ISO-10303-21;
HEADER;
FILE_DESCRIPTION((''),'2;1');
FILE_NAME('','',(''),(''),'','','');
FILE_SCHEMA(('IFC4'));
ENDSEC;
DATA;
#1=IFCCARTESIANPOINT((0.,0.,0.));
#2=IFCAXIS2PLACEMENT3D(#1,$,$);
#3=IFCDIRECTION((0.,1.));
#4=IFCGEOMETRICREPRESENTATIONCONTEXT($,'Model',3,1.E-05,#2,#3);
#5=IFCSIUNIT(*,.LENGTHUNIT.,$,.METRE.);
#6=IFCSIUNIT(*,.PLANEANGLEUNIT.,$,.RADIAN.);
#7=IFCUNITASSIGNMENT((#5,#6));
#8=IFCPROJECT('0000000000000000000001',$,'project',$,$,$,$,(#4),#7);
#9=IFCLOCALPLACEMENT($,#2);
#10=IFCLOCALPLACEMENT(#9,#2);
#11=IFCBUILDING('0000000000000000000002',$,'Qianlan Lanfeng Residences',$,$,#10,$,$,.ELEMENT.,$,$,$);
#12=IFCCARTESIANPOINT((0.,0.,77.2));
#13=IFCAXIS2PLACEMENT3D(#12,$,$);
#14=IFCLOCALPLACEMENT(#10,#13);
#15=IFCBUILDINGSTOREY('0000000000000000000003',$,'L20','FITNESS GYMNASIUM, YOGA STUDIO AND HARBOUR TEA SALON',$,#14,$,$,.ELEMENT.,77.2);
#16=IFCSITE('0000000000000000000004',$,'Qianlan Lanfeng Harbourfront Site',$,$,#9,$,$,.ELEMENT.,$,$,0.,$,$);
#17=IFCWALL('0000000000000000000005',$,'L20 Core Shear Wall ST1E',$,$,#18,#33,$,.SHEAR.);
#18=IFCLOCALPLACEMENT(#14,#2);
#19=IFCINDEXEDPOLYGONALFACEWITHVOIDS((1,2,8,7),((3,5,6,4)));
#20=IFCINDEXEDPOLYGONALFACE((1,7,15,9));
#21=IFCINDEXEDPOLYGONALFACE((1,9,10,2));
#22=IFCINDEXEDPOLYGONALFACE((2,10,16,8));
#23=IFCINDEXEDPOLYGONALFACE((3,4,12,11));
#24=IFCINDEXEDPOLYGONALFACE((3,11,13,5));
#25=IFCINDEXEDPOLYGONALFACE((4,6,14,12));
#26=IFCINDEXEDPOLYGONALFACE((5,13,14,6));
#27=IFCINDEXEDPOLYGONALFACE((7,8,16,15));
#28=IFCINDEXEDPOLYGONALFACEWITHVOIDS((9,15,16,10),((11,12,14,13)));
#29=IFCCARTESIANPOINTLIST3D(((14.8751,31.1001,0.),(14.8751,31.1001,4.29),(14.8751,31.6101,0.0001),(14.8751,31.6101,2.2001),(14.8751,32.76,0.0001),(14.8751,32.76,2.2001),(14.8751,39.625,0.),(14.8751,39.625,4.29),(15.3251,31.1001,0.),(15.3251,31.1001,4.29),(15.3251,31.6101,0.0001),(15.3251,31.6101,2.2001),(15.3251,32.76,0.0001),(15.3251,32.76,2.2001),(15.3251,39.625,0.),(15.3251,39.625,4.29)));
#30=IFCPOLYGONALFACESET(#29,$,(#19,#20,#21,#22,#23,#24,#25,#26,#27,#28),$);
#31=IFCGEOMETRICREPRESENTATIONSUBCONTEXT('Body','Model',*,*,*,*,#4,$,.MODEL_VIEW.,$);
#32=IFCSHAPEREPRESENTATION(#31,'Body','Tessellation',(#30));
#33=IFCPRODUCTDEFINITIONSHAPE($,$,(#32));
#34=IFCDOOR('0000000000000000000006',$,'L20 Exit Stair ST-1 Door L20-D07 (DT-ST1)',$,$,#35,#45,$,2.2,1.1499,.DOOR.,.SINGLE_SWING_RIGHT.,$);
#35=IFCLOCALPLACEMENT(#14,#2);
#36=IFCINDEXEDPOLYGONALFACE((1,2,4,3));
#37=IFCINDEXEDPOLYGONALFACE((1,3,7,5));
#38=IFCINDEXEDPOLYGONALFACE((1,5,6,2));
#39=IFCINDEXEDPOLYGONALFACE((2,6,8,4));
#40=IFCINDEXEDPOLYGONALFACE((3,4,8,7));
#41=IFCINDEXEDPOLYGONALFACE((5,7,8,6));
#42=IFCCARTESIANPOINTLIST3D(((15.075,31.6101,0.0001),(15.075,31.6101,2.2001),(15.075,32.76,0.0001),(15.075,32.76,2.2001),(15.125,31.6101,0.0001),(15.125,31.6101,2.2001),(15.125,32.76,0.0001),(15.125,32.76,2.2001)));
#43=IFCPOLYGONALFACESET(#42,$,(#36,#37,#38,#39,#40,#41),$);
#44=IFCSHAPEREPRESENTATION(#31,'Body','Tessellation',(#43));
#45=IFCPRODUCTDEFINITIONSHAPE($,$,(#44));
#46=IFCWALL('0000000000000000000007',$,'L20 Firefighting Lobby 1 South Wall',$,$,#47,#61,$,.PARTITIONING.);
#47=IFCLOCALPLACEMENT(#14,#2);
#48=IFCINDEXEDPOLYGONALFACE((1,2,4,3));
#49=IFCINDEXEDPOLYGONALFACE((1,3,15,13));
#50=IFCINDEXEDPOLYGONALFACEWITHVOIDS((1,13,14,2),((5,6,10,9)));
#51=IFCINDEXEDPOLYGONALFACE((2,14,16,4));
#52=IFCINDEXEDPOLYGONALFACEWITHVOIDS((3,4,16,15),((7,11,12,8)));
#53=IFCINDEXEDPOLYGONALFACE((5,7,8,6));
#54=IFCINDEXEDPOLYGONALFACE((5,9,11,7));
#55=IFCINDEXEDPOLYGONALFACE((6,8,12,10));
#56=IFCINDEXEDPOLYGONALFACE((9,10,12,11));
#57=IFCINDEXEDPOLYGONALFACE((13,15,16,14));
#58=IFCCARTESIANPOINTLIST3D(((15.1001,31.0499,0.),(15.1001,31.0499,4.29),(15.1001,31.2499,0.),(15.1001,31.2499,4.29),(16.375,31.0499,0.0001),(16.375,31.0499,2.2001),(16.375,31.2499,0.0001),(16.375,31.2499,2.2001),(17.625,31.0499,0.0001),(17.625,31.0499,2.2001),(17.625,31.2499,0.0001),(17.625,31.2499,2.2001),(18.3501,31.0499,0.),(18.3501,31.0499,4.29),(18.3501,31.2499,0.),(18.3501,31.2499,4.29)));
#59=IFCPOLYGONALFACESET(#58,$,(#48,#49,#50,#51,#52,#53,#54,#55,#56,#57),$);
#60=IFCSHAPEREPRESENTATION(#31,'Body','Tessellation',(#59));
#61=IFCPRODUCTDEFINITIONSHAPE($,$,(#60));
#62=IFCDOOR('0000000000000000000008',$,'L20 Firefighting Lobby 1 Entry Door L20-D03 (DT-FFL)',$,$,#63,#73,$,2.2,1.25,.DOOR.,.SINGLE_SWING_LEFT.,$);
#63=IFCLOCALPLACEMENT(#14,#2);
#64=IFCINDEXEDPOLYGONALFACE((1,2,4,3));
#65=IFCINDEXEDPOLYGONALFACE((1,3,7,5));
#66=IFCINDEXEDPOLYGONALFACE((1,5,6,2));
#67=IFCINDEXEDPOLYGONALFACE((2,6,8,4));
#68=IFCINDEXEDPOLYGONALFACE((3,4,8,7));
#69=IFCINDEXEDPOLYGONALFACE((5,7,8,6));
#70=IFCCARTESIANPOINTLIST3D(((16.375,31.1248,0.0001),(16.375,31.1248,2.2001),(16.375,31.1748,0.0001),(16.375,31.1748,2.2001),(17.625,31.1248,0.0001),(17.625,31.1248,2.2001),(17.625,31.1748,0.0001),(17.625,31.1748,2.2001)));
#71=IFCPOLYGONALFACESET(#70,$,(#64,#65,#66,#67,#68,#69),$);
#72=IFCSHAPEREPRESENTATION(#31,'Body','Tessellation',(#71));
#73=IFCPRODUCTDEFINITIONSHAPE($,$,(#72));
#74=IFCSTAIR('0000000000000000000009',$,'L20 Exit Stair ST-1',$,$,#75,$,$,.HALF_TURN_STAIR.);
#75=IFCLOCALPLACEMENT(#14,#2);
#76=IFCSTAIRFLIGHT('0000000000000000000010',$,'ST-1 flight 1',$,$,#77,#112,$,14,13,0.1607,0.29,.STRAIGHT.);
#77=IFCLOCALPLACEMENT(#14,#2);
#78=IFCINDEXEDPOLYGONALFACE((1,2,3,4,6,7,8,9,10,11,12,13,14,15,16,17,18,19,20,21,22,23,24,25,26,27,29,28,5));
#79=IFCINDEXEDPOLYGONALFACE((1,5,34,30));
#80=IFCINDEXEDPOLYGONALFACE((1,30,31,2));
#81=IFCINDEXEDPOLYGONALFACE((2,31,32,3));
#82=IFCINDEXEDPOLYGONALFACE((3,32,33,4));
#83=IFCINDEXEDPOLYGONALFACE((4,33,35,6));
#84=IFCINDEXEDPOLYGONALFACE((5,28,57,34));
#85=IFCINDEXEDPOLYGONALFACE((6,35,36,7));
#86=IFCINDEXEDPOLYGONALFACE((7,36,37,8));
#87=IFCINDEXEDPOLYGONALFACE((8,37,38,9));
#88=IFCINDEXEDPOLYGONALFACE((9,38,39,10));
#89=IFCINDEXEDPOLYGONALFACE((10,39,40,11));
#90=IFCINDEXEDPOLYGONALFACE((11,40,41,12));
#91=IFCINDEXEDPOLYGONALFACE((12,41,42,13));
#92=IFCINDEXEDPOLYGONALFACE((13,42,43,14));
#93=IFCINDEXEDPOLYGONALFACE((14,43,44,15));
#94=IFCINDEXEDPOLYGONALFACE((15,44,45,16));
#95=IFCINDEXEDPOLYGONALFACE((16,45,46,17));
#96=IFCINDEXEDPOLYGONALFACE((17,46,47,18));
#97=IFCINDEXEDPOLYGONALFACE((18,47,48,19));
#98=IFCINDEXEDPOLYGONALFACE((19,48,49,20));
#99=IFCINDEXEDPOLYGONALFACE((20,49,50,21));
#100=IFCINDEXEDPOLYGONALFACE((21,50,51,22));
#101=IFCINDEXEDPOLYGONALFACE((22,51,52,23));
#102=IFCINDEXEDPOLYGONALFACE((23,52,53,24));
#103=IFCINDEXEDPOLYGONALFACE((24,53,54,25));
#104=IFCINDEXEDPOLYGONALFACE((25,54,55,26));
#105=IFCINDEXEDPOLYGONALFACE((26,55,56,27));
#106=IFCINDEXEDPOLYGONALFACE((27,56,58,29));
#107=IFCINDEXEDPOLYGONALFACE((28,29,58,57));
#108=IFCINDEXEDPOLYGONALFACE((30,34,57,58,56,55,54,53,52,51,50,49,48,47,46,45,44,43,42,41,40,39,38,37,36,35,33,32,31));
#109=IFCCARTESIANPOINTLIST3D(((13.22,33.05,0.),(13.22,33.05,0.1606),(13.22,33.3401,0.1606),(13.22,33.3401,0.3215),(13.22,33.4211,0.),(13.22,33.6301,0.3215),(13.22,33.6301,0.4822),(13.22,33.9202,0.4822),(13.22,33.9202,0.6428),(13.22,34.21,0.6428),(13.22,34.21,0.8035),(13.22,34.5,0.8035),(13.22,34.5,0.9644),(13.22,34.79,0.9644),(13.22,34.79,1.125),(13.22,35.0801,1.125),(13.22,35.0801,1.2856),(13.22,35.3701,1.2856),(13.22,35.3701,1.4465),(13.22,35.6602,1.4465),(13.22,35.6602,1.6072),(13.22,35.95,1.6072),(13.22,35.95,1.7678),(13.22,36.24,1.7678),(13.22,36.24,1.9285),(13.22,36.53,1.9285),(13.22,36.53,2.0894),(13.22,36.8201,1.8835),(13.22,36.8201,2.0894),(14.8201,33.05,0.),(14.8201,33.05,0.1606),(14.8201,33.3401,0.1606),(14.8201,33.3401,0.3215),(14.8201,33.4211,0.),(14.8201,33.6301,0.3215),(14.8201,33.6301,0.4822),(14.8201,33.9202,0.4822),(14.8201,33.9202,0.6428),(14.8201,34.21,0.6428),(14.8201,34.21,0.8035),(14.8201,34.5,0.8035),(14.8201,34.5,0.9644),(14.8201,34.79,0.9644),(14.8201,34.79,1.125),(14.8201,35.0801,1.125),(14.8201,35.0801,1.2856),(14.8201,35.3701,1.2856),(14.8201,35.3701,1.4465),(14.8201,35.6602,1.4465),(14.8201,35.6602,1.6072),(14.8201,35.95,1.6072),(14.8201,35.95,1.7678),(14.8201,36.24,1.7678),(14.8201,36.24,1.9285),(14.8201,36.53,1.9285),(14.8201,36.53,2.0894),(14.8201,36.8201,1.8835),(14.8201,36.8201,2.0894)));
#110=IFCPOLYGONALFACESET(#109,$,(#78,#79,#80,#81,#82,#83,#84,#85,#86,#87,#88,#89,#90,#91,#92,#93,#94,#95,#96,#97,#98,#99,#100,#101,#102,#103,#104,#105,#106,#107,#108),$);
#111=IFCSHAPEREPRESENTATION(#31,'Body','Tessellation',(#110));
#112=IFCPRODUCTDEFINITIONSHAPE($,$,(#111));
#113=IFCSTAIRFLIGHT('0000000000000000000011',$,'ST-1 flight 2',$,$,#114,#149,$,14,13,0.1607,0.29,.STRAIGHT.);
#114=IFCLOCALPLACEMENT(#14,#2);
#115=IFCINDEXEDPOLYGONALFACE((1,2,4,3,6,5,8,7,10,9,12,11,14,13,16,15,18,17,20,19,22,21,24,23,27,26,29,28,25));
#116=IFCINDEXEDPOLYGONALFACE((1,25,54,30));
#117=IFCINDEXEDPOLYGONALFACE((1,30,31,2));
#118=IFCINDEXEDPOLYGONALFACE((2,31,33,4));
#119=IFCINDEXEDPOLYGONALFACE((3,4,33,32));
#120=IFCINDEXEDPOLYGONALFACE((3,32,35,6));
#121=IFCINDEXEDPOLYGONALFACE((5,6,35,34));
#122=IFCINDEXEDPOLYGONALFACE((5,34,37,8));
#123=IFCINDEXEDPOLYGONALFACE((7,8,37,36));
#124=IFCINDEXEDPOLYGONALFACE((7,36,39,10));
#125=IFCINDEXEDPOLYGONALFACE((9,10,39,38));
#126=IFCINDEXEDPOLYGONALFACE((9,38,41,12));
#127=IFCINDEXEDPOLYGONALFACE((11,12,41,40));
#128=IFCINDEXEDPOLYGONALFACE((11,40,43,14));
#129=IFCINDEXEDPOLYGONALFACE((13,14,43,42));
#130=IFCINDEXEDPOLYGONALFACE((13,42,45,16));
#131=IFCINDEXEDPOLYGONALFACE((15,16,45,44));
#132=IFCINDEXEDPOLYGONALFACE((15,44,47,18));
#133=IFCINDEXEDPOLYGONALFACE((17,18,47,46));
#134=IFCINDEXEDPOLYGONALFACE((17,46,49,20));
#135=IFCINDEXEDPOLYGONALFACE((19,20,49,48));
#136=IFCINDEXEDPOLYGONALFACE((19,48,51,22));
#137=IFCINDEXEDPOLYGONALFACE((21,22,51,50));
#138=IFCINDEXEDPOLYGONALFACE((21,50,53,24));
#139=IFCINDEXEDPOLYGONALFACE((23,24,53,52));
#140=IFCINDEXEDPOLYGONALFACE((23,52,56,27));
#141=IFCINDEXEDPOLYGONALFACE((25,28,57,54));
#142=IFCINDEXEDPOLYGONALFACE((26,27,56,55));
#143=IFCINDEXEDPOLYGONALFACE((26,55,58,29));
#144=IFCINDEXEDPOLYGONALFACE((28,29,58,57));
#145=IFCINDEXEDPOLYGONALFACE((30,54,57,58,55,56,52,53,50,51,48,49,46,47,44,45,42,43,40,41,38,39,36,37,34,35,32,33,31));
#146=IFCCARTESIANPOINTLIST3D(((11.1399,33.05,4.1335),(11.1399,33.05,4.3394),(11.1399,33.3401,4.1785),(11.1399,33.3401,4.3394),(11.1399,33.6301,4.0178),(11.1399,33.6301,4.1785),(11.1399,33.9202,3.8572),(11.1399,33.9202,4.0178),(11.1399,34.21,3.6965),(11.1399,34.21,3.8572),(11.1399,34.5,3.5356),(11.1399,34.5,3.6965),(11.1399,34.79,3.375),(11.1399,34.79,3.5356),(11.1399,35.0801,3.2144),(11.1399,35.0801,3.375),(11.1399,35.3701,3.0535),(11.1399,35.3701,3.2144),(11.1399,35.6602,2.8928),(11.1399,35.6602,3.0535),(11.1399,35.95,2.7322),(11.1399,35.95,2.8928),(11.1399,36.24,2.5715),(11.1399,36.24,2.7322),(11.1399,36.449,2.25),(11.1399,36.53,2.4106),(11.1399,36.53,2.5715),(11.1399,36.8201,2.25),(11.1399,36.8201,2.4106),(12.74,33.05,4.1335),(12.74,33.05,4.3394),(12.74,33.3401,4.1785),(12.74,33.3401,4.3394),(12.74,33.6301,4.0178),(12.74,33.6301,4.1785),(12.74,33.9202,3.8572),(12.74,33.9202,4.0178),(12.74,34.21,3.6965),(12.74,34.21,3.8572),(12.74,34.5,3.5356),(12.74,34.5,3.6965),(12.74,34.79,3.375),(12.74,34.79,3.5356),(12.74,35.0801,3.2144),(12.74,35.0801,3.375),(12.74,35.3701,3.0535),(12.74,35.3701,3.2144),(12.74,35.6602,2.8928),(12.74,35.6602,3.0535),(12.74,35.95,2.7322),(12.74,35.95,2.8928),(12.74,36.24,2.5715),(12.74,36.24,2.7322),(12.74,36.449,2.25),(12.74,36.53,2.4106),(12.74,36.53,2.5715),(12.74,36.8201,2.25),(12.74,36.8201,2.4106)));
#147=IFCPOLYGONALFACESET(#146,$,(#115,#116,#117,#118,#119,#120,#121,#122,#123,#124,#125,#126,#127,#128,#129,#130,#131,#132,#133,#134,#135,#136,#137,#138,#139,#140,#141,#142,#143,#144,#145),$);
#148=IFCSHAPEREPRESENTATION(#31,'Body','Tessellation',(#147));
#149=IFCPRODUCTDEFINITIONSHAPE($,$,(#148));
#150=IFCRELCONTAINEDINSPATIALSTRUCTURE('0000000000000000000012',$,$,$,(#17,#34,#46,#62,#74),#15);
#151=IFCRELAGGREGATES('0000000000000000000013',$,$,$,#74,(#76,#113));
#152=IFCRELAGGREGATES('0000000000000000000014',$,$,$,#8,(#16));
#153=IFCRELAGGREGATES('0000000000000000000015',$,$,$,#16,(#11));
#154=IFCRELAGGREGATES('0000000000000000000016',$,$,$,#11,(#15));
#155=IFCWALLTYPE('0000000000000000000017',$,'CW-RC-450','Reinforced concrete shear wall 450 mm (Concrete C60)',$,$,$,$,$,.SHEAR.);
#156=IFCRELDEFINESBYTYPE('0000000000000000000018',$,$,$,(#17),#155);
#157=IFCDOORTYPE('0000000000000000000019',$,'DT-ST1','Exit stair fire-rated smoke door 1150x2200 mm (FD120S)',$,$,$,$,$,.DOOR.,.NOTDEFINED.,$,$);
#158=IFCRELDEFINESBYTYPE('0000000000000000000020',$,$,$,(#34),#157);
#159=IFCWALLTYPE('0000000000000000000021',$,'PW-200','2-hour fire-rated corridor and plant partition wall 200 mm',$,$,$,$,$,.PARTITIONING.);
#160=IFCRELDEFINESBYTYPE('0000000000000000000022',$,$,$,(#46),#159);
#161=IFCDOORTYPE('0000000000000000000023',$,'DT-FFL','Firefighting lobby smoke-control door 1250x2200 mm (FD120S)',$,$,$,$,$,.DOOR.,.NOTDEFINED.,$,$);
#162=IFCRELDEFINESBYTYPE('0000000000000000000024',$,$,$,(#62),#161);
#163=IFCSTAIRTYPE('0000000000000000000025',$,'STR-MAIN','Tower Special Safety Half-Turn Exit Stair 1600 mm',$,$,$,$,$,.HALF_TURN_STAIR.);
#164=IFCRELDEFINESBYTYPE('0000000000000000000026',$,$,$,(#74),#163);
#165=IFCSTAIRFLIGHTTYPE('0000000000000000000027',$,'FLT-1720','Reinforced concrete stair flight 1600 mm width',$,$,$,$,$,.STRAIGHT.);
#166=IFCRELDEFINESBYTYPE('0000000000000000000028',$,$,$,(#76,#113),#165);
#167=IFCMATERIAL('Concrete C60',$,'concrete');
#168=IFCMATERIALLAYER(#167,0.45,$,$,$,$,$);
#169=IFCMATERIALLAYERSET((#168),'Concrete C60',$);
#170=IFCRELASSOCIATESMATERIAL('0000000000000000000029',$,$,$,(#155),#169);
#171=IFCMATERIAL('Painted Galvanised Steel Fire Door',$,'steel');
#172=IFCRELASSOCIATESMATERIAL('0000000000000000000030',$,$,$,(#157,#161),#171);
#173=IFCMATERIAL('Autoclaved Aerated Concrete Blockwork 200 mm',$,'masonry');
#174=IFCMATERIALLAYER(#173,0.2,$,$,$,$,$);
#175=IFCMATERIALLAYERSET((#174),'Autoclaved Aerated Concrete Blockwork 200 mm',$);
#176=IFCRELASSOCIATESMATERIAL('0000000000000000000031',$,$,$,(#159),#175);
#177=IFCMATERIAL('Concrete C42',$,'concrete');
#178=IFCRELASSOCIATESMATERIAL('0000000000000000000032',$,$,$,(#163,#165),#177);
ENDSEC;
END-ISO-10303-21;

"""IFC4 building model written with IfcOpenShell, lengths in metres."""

from ifc_helpers import new_model, si_unit, direction, frame, frame_2d, origin, place, context, subcontext, project, spatial, polyline, rectangle, outline, extrude, material, layer, layer_set, type_object, element, fill, aggregate, save


model = new_model("IFC4")

# Units and contexts
model_context = context("Model", 3, precision=1e-05, world=origin(), true_north=direction((0.0, 1.0)))
body_context = subcontext(model_context, "Body", "Model", "MODEL_VIEW")
ifc_project = project(units=[si_unit("LENGTHUNIT", "METRE"), si_unit("PLANEANGLEUNIT", "RADIAN")], contexts=[model_context])

# Site, building, storey
site_placement = place(None, origin())
site = spatial("IfcSite", under=ifc_project, at=site_placement, Name="Qianlan Lanfeng Harbourfront Site", CompositionType="ELEMENT", RefElevation=0.0)
building_placement = place(site_placement, origin())
building = spatial("IfcBuilding", under=site, at=building_placement, Name="Qianlan Lanfeng Residences", CompositionType="ELEMENT")
storey_placement = place(building_placement, frame((0.0, 0.0, 77.2)))
storey = spatial("IfcBuildingStorey", under=building, at=storey_placement, Name="L20", Description="FITNESS GYMNASIUM, YOGA STUDIO AND HARBOUR TEA SALON", CompositionType="ELEMENT", Elevation=77.2)

# Walls, openings, doors
ifc_material_1 = material(Name="Concrete C60", Category="concrete")
ifc_layer_1 = layer(ifc_material_1, 0.45)
ifc_layer_set_1 = layer_set([ifc_layer_1], Name="Concrete C60")
wall_type_1 = type_object("IfcWallType", Name="CW-RC-450", Description="Reinforced concrete shear wall 450 mm (Concrete C60)", PredefinedType="SHEAR", material=ifc_layer_set_1)
wall_1_placement = place(storey_placement, frame((15.1001, 31.1001, 0.0), z_axis=(0.0, 0.0, 1.0), x_axis=(0.0, 1.0, 0.0)))
wall_1 = element("IfcWall", 1, at=wall_1_placement, inside=storey, type_object=wall_type_1, Name="L20 Core Shear Wall ST1E", PredefinedType="SHEAR", context=body_context, shape_type="SweptSolid", body=[
    extrude(rectangle(XDim=8.5249, YDim=0.45, at=frame_2d((4.2625, 0.0))), origin(), (0.0, 0.0, 1.0), 4.29),
])
opening_1_placement = place(wall_1_placement, frame((0.51, 0.0, 0.0)))
opening_1 = element("IfcOpeningElement", 2, at=opening_1_placement, cuts=wall_1, PredefinedType="OPENING", context=body_context, shape_type="SweptSolid", body=[
    extrude(rectangle(XDim=1.1499, YDim=2.2, at=frame_2d((0.575, 1.1001))), frame((0.0, 0.2349, 0.0), z_axis=(0.0, -1.0, 0.0), x_axis=(1.0, 0.0, 0.0)), (0.0, 0.0, 1.0), 0.47),
])
ifc_material_2 = material(Name="Painted Galvanised Steel Fire Door", Category="steel")
door_type_1 = type_object("IfcDoorType", Name="DT-ST1", Description="Exit stair fire-rated smoke door 1150x2200 mm (FD120S)", OperationType="NOTDEFINED", PredefinedType="DOOR", material=ifc_material_2)
door_1_placement = place(opening_1_placement, frame((1.1499, 0.0, 0.0), z_axis=(0.0, 0.0, 1.0), x_axis=(-1.0, 0.0, 0.0)))
door_1 = element("IfcDoor", 3, at=door_1_placement, inside=storey, type_object=door_type_1, Name="L20 Exit Stair ST-1 Door L20-D07 (DT-ST1)", OperationType="SINGLE_SWING_RIGHT", OverallHeight=2.2, OverallWidth=1.1499, PredefinedType="DOOR", context=body_context, shape_type="SweptSolid", body=[
    extrude(rectangle(XDim=1.1499, YDim=2.2, at=frame_2d((0.575, 1.1001))), frame((0.0, 0.0249, 0.0), z_axis=(0.0, -1.0, 0.0), x_axis=(1.0, 0.0, 0.0)), (0.0, 0.0, 1.0), 0.05),
])
fill(opening_1, door_1)
ifc_material_3 = material(Name="Autoclaved Aerated Concrete Blockwork 200 mm", Category="masonry")
ifc_layer_2 = layer(ifc_material_3, 0.2)
ifc_layer_set_2 = layer_set([ifc_layer_2], Name="Autoclaved Aerated Concrete Blockwork 200 mm")
wall_type_2 = type_object("IfcWallType", Name="PW-200", Description="2-hour fire-rated corridor and plant partition wall 200 mm", PredefinedType="PARTITIONING", material=ifc_layer_set_2)
wall_2_placement = place(storey_placement, frame((15.1001, 31.1499, 0.0), z_axis=(0.0, 0.0, 1.0), x_axis=(1.0, 0.0, 0.0)))
wall_2 = element("IfcWall", 4, at=wall_2_placement, inside=storey, type_object=wall_type_2, Name="L20 Firefighting Lobby 1 South Wall", PredefinedType="PARTITIONING", context=body_context, shape_type="SweptSolid", body=[
    extrude(rectangle(XDim=3.25, YDim=0.2, at=frame_2d((1.625, 0.0))), origin(), (0.0, 0.0, 1.0), 4.29),
])
opening_2_placement = place(wall_2_placement, frame((1.2749, 0.0, 0.0)))
opening_2 = element("IfcOpeningElement", 5, at=opening_2_placement, cuts=wall_2, PredefinedType="OPENING", context=body_context, shape_type="SweptSolid", body=[
    extrude(rectangle(XDim=1.25, YDim=2.2, at=frame_2d((0.625, 1.1001))), frame((0.0, 0.1099, 0.0), z_axis=(0.0, -1.0, 0.0), x_axis=(1.0, 0.0, 0.0)), (0.0, 0.0, 1.0), 0.22),
])
door_type_2 = type_object("IfcDoorType", Name="DT-FFL", Description="Firefighting lobby smoke-control door 1250x2200 mm (FD120S)", OperationType="NOTDEFINED", PredefinedType="DOOR", material=ifc_material_2)
door_2_placement = place(opening_2_placement, origin())
door_2 = element("IfcDoor", 6, at=door_2_placement, inside=storey, type_object=door_type_2, Name="L20 Firefighting Lobby 1 Entry Door L20-D03 (DT-FFL)", OperationType="SINGLE_SWING_LEFT", OverallHeight=2.2, OverallWidth=1.25, PredefinedType="DOOR", context=body_context, shape_type="SweptSolid", body=[
    extrude(rectangle(XDim=1.25, YDim=2.2, at=frame_2d((0.625, 1.1001))), frame((0.0, 0.0249, 0.0), z_axis=(0.0, -1.0, 0.0), x_axis=(1.0, 0.0, 0.0)), (0.0, 0.0, 1.0), 0.05),
])
fill(opening_2, door_2)

# Stair, stair flights
ifc_material_4 = material(Name="Concrete C42", Category="concrete")
stair_type = type_object("IfcStairType", Name="STR-MAIN", Description="Tower Special Safety Half-Turn Exit Stair 1600 mm", PredefinedType="HALF_TURN_STAIR", material=ifc_material_4)
stair_placement = place(storey_placement, origin())
stair = element("IfcStair", 7, at=stair_placement, inside=storey, type_object=stair_type, Name="L20 Exit Stair ST-1", PredefinedType="HALF_TURN_STAIR")
stair_flight_type = type_object("IfcStairFlightType", Name="FLT-1720", Description="Reinforced concrete stair flight 1600 mm width", PredefinedType="STRAIGHT", material=ifc_material_4)
stair_flight_1_placement = place(storey_placement, frame((14.02, 33.05, 0.0), z_axis=(0.0, 0.0, 1.0), x_axis=(0.0, 1.0, 0.0)))
stair_flight_1 = element("IfcStairFlight", 8, at=stair_flight_1_placement, type_object=stair_flight_type, Name="ST-1 flight 1", NumberOfRisers=14, NumberOfTreads=13, PredefinedType="STRAIGHT", RiserHeight=0.1607, TreadLength=0.29, context=body_context, shape_type="SweptSolid", body=[
    extrude(outline(polyline([(0.0, 0.0), (0.0, 0.1606), (0.29, 0.1606), (0.29, 0.3215), (0.5801, 0.3215), (0.5801, 0.4822), (0.8701, 0.4822), (0.8701, 0.6428), (1.1599, 0.6428), (1.1599, 0.8035), (1.45, 0.8035), (1.45, 0.9644), (1.74, 0.9644), (1.74, 1.125), (2.03, 1.125), (2.03, 1.2856), (2.3201, 1.2856), (2.3201, 1.4465), (2.6101, 1.4465), (2.6101, 1.6072), (2.8999, 1.6072), (2.8999, 1.7678), (3.1899, 1.7678), (3.1899, 1.9285), (3.48, 1.9285), (3.48, 2.0894), (3.77, 2.0894), (3.77, 2.25), (3.77, 1.8835), (0.3711, 0.0), (0.0, 0.0)])), frame((0.0, 0.8, 0.0), z_axis=(0.0, -1.0, 0.0), x_axis=(1.0, 0.0, 0.0)), (0.0, 0.0, 1.0), 1.6001),
])
stair_flight_2_placement = place(storey_placement, frame((11.9399, 36.8201, 2.25), z_axis=(0.0, 0.0, 1.0), x_axis=(0.0, -1.0, 0.0)))
stair_flight_2 = element("IfcStairFlight", 9, at=stair_flight_2_placement, type_object=stair_flight_type, Name="ST-1 flight 2", NumberOfRisers=14, NumberOfTreads=13, PredefinedType="STRAIGHT", RiserHeight=0.1607, TreadLength=0.29, context=body_context, shape_type="SweptSolid", body=[
    extrude(outline(polyline([(0.0, 0.0), (0.0, 0.1606), (0.29, 0.1606), (0.29, 0.3215), (0.5801, 0.3215), (0.5801, 0.4822), (0.8701, 0.4822), (0.8701, 0.6428), (1.1599, 0.6428), (1.1599, 0.8035), (1.45, 0.8035), (1.45, 0.9644), (1.74, 0.9644), (1.74, 1.125), (2.03, 1.125), (2.03, 1.2856), (2.3201, 1.2856), (2.3201, 1.4465), (2.6101, 1.4465), (2.6101, 1.6072), (2.8999, 1.6072), (2.8999, 1.7678), (3.1899, 1.7678), (3.1899, 1.9285), (3.48, 1.9285), (3.48, 2.0894), (3.77, 2.0894), (3.77, 2.25), (3.77, 1.8835), (0.3711, 0.0), (0.0, 0.0)])), frame((0.0, 0.8, 0.0), z_axis=(0.0, -1.0, 0.0), x_axis=(1.0, 0.0, 0.0)), (0.0, 0.0, 1.0), 1.6001),
])
aggregate(stair, [stair_flight_1, stair_flight_2])

save(model, "model.ifc")
